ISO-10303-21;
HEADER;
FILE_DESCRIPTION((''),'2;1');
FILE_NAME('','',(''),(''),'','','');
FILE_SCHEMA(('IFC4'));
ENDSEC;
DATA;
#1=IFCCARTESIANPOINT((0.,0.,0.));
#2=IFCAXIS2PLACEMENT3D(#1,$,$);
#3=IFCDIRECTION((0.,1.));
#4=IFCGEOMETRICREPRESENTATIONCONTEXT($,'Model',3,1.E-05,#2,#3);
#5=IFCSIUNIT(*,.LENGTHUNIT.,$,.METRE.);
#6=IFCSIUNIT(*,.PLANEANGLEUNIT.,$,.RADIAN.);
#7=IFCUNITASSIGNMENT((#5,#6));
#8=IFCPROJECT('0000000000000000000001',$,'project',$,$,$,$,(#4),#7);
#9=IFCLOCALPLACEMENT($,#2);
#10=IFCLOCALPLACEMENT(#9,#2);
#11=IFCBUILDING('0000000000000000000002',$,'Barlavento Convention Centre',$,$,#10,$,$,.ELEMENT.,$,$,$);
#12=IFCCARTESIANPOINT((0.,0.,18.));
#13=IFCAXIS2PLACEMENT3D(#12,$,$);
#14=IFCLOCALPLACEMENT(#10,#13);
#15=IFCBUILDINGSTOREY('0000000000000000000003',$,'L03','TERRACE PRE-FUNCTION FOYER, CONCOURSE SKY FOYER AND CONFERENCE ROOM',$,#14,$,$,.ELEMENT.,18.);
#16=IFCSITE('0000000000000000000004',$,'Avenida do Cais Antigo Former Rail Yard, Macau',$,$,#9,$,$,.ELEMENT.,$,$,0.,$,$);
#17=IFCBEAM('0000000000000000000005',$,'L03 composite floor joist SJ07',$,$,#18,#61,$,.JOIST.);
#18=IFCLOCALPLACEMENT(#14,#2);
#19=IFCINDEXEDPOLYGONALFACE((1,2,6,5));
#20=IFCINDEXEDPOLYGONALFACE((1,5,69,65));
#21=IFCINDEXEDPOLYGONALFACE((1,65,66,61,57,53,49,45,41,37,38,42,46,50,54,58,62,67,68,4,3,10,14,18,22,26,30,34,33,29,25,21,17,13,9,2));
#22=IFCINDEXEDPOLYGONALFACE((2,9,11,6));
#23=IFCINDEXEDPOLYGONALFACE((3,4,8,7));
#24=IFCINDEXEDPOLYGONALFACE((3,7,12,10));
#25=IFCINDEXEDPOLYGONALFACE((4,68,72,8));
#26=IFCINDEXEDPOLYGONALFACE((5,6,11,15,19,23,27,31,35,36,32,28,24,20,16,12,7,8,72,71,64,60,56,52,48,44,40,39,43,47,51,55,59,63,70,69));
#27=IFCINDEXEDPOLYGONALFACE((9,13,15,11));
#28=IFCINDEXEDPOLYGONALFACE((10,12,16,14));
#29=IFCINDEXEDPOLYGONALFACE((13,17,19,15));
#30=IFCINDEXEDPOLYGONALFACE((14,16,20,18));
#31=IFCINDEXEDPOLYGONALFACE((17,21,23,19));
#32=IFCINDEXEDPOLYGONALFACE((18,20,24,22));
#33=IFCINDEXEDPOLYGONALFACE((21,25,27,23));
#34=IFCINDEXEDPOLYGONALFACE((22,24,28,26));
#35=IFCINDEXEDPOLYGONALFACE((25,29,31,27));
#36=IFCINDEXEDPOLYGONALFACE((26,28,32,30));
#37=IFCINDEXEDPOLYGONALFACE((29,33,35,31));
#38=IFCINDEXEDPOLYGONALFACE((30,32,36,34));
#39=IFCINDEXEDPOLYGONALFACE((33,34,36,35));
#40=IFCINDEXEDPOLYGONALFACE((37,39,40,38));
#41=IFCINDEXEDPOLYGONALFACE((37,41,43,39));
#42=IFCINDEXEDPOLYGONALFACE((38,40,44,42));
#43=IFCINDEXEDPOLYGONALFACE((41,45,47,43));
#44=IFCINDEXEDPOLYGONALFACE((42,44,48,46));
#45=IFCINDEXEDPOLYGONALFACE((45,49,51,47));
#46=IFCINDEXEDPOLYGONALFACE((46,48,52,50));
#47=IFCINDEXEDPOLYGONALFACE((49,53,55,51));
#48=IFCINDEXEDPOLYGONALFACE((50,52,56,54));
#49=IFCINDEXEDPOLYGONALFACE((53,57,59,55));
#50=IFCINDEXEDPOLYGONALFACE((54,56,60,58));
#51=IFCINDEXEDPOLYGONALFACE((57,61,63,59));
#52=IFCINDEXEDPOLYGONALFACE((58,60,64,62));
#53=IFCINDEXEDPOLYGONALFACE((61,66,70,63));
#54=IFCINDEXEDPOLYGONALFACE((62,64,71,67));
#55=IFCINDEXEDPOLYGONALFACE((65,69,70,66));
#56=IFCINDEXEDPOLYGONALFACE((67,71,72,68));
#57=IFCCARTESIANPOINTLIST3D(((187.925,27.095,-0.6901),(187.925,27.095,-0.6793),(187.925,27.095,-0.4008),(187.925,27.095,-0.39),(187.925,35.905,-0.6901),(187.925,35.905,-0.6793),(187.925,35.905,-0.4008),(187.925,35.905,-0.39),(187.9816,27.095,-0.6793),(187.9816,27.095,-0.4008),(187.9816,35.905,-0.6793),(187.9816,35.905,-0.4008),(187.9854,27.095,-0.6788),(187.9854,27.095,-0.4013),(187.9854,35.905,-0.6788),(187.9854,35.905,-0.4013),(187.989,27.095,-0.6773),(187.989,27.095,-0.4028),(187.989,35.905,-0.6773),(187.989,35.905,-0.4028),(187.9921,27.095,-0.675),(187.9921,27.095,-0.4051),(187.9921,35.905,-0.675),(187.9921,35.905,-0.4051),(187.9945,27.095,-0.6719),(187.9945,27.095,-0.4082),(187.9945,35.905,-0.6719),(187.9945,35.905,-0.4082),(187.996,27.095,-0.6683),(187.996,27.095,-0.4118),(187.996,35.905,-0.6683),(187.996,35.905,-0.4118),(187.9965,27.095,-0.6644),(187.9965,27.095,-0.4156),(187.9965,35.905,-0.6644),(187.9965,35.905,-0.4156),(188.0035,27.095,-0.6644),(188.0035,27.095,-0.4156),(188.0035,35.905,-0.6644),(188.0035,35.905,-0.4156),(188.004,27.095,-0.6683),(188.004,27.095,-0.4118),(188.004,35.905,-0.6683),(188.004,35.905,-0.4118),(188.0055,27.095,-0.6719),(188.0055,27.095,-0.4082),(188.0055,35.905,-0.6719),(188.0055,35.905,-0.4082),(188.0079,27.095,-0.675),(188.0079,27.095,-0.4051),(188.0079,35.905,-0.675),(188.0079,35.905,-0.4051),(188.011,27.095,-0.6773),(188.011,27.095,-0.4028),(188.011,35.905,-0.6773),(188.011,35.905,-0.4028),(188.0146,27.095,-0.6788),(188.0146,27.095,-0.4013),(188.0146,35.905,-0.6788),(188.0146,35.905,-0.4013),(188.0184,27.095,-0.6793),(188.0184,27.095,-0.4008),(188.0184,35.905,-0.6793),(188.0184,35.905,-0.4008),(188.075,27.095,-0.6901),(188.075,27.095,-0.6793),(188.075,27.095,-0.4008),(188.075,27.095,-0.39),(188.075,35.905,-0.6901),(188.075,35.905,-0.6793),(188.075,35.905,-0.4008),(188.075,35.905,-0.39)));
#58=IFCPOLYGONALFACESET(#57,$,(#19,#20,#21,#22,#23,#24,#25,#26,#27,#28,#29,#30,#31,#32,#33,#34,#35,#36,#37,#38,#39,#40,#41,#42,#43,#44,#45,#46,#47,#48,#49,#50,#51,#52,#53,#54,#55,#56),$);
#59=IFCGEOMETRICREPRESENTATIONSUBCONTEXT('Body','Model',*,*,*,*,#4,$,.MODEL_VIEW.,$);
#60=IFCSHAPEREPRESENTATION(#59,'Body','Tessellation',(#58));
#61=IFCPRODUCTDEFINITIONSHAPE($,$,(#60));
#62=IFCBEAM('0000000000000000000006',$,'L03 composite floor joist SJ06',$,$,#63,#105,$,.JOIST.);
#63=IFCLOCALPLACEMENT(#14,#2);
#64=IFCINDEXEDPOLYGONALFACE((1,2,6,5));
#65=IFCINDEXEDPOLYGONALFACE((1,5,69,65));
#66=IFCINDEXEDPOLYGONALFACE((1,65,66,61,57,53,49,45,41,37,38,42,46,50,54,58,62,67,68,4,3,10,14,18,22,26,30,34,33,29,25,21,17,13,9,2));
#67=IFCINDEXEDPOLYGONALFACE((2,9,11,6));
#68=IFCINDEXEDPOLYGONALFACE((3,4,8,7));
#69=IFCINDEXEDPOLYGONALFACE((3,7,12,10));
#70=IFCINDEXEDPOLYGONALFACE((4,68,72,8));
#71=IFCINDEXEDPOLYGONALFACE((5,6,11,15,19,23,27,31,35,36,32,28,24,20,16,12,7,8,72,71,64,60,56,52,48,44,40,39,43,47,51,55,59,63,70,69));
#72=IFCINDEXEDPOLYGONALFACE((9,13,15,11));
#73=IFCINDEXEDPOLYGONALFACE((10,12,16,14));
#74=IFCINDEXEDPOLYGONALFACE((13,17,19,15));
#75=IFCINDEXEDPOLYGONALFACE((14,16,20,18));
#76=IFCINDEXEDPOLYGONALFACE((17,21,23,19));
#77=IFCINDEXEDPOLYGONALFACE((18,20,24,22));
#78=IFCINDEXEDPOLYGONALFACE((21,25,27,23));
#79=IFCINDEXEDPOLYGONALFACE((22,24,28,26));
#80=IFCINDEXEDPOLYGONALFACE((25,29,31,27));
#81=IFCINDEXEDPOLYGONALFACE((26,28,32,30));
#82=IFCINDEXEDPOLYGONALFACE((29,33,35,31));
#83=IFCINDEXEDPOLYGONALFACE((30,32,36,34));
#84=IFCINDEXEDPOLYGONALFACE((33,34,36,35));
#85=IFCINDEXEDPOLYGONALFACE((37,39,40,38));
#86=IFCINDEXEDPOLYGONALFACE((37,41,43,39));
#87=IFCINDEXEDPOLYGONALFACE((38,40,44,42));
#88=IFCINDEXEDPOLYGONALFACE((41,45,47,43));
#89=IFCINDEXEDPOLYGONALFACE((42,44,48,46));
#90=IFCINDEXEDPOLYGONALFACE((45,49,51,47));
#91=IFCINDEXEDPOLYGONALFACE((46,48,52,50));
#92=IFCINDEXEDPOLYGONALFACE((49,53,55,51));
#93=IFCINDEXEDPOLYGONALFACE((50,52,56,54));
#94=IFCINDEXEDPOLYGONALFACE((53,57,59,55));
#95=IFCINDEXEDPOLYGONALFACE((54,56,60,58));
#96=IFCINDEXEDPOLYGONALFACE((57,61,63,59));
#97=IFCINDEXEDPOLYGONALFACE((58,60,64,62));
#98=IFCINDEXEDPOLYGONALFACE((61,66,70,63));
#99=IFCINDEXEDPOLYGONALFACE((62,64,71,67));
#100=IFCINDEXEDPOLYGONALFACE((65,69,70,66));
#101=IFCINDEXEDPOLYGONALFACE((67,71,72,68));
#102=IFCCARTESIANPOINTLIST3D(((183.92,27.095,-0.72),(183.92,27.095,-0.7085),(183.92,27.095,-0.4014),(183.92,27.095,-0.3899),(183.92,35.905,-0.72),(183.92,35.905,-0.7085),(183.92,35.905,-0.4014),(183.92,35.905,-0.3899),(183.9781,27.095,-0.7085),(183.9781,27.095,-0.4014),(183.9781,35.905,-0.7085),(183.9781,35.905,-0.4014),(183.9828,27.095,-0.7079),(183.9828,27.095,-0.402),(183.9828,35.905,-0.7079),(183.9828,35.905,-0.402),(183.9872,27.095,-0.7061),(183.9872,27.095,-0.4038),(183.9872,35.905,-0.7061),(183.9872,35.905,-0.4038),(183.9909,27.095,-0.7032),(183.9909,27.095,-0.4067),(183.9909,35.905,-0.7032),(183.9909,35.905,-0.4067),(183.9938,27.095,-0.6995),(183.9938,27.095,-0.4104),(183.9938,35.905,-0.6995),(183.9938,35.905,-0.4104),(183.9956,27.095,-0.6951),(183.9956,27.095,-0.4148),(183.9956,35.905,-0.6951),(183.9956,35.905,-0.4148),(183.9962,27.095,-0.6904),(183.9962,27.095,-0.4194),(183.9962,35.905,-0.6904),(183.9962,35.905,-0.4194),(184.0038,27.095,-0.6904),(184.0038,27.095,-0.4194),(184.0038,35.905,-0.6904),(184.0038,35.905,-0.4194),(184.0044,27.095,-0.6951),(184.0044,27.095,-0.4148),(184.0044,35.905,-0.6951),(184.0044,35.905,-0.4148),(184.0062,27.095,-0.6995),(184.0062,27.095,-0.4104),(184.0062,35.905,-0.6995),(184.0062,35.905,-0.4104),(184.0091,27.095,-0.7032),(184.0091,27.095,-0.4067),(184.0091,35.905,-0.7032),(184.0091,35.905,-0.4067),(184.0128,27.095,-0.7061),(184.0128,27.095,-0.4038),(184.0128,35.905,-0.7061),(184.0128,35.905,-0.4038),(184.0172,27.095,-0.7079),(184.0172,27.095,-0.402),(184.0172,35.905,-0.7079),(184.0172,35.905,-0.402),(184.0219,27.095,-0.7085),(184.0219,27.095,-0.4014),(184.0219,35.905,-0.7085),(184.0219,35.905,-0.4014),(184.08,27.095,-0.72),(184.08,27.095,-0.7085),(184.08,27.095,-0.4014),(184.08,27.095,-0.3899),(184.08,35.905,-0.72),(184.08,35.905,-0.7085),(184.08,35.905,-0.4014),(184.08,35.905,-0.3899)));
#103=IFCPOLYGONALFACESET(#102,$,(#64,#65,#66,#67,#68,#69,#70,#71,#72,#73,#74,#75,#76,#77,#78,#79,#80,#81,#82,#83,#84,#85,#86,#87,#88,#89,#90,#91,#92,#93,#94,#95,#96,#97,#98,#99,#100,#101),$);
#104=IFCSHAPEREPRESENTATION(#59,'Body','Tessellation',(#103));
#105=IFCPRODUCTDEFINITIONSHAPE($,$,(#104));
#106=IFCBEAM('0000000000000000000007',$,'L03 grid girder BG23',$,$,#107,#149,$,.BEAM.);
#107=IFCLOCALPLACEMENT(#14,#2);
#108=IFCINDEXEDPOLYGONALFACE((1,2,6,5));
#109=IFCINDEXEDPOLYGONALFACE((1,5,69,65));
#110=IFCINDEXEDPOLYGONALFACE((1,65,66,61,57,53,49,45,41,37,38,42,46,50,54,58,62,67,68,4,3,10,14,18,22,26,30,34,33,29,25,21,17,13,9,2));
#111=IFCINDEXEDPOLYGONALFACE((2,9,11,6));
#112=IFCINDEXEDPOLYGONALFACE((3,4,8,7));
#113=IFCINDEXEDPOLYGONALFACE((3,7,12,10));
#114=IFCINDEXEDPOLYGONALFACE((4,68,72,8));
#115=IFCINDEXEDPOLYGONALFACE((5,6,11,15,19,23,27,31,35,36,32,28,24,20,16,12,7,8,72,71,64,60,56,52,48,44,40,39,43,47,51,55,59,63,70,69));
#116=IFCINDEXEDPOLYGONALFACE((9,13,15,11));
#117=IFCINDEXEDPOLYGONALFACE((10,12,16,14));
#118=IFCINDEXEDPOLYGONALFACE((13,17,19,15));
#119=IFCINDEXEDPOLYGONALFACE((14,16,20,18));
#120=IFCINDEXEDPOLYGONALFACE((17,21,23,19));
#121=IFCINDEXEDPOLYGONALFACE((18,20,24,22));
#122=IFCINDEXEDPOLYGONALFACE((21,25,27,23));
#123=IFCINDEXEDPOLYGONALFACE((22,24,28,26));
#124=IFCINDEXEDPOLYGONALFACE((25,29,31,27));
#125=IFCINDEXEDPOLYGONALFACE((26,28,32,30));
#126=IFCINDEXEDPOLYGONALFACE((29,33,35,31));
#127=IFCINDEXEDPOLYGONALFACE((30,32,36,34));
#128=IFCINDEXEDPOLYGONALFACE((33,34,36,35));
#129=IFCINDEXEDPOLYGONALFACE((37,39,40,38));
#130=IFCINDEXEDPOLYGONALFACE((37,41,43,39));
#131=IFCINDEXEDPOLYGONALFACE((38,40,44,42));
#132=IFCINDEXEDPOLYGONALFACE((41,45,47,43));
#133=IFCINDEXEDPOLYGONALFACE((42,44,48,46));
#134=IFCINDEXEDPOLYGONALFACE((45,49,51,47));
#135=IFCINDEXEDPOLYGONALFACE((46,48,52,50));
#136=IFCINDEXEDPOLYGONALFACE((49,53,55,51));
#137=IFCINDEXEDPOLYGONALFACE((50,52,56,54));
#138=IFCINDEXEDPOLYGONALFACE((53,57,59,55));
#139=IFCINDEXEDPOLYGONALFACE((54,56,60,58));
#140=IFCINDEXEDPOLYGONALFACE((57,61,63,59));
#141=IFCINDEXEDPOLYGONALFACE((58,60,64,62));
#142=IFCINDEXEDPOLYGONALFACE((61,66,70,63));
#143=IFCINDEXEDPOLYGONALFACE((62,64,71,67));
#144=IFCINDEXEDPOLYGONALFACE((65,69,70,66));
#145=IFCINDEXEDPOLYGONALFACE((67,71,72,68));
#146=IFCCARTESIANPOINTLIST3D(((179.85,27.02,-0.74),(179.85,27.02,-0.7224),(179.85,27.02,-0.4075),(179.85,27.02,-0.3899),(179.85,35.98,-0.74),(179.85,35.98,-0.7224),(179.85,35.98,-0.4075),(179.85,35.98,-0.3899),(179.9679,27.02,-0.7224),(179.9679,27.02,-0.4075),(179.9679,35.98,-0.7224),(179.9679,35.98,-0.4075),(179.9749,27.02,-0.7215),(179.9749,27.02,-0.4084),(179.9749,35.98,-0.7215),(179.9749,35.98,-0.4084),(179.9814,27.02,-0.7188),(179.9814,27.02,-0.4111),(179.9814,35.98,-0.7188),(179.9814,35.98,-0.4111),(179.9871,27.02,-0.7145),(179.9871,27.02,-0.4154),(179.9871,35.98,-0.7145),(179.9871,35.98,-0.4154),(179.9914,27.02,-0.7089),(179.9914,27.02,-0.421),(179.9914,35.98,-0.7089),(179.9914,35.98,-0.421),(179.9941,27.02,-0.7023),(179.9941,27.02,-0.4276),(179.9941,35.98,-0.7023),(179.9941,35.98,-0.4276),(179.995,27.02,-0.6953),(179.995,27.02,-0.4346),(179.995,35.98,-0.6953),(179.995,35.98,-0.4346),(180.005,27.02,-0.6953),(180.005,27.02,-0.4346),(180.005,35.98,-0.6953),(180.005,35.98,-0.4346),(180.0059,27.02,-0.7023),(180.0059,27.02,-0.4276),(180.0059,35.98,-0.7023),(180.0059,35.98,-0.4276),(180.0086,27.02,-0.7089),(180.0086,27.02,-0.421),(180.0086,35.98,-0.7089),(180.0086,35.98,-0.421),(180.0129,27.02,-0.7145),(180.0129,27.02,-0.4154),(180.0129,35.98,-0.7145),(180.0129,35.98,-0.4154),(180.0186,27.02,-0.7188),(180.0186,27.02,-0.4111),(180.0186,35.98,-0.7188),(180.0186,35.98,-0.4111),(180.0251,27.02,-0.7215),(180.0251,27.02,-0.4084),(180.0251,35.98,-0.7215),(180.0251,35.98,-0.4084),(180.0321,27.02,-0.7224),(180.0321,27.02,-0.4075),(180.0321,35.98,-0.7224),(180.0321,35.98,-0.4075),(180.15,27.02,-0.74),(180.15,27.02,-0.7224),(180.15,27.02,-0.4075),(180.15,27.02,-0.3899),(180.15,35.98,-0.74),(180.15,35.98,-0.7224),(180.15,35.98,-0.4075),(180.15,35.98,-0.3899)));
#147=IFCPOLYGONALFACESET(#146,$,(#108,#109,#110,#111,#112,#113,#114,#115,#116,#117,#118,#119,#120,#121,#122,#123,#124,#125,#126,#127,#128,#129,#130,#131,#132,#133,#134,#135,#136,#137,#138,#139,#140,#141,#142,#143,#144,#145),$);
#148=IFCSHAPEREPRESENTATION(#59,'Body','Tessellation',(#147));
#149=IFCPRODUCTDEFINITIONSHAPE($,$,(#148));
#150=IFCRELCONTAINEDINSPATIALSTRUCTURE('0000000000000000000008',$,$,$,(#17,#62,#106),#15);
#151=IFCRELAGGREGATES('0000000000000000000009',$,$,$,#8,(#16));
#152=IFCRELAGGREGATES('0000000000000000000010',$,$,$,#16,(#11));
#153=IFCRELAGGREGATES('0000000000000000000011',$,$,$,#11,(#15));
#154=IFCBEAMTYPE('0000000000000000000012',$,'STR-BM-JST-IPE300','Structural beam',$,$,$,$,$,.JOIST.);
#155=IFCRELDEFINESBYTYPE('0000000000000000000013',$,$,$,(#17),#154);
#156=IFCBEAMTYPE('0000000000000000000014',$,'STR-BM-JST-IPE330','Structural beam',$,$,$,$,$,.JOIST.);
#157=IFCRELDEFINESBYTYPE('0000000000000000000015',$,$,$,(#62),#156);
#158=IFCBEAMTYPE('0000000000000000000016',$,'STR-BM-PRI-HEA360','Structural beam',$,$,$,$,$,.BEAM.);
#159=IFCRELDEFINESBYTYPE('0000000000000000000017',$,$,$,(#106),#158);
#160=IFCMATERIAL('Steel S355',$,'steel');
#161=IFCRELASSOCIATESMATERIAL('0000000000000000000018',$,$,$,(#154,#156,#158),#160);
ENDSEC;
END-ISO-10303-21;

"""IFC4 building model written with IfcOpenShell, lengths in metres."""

from ifc_helpers import new_model, si_unit, direction, frame, origin, origin_2d, place, context, subcontext, project, spatial, i_section, extrude, material, material_profile, profile_set, type_object, element, save


model = new_model("IFC4")

# Units and contexts
model_context = context("Model", 3, precision=1e-05, world=origin(), true_north=direction((0.0, 1.0)))
body_context = subcontext(model_context, "Body", "Model", "MODEL_VIEW")
ifc_project = project(units=[si_unit("LENGTHUNIT", "METRE"), si_unit("PLANEANGLEUNIT", "RADIAN")], contexts=[model_context])

# Site, building, storey
site_placement = place(None, origin())
site = spatial("IfcSite", under=ifc_project, at=site_placement, Name="Avenida do Cais Antigo Former Rail Yard, Macau", CompositionType="ELEMENT", RefElevation=0.0)
building_placement = place(site_placement, origin())
building = spatial("IfcBuilding", under=site, at=building_placement, Name="Barlavento Convention Centre", CompositionType="ELEMENT")
storey_placement = place(building_placement, frame((0.0, 0.0, 18.0)))
storey = spatial("IfcBuildingStorey", under=building, at=storey_placement, Name="L03", Description="TERRACE PRE-FUNCTION FOYER, CONCOURSE SKY FOYER AND CONFERENCE ROOM", CompositionType="ELEMENT", Elevation=18.0)

# Shared definitions
ifc_material_1 = material(Name="Steel S355", Category="steel")

# Beams
ifc_material_profile_1 = material_profile(ifc_material_1, i_section(OverallWidth=0.1499, OverallDepth=0.3, WebThickness=0.0071, FlangeThickness=0.0107, FilletRadius=0.0149, at=origin_2d()), Name="IPE 300")
ifc_profile_set_1 = profile_set([ifc_material_profile_1], Name="Steel S355")
beam_type_1 = type_object("IfcBeamType", Name="STR-BM-JST-IPE300", Description="Structural beam", PredefinedType="JOIST", material=ifc_profile_set_1)
beam_1_placement = place(storey_placement, frame((188.0, 27.095, -0.54), z_axis=(0.0, 1.0, 0.0), x_axis=(-1.0, 0.0, 0.0)))
element("IfcBeam", 1, at=beam_1_placement, inside=storey, type_object=beam_type_1, Name="L03 composite floor joist SJ07", PredefinedType="JOIST", context=body_context, shape_type="SweptSolid", body=[
    extrude(i_section(OverallWidth=0.1499, OverallDepth=0.3, WebThickness=0.0071, FlangeThickness=0.0107, FilletRadius=0.0149, at=origin_2d()), origin(), (0.0, 0.0, 1.0), 8.8101),
])
ifc_material_profile_2 = material_profile(ifc_material_1, i_section(OverallWidth=0.1599, OverallDepth=0.3301, WebThickness=0.0076, FlangeThickness=0.0115, FilletRadius=0.0181, at=origin_2d()), Name="IPE 330")
ifc_profile_set_2 = profile_set([ifc_material_profile_2], Name="Steel S355")
beam_type_2 = type_object("IfcBeamType", Name="STR-BM-JST-IPE330", Description="Structural beam", PredefinedType="JOIST", material=ifc_profile_set_2)
beam_2_placement = place(storey_placement, frame((184.0, 27.095, -0.5549), z_axis=(0.0, 1.0, 0.0), x_axis=(-1.0, 0.0, 0.0)))
element("IfcBeam", 2, at=beam_2_placement, inside=storey, type_object=beam_type_2, Name="L03 composite floor joist SJ06", PredefinedType="JOIST", context=body_context, shape_type="SweptSolid", body=[
    extrude(i_section(OverallWidth=0.1599, OverallDepth=0.3301, WebThickness=0.0076, FlangeThickness=0.0115, FilletRadius=0.0181, at=origin_2d()), origin(), (0.0, 0.0, 1.0), 8.8101),
])
ifc_material_profile_3 = material_profile(ifc_material_1, i_section(OverallWidth=0.3, OverallDepth=0.3501, WebThickness=0.01, FlangeThickness=0.0176, FilletRadius=0.0271, at=origin_2d()), Name="HEA 360")
ifc_profile_set_3 = profile_set([ifc_material_profile_3], Name="Steel S355")
beam_type_3 = type_object("IfcBeamType", Name="STR-BM-PRI-HEA360", Description="Structural beam", PredefinedType="BEAM", material=ifc_profile_set_3)
beam_3_placement = place(storey_placement, frame((180.0, 27.02, -0.5649), z_axis=(0.0, 1.0, 0.0), x_axis=(-1.0, 0.0, 0.0)))
element("IfcBeam", 3, at=beam_3_placement, inside=storey, type_object=beam_type_3, Name="L03 grid girder BG23", PredefinedType="BEAM", context=body_context, shape_type="SweptSolid", body=[
    extrude(i_section(OverallWidth=0.3, OverallDepth=0.3501, WebThickness=0.01, FlangeThickness=0.0176, FilletRadius=0.0271, at=origin_2d()), origin(), (0.0, 0.0, 1.0), 8.96),
])

save(model, "model.ifc")
